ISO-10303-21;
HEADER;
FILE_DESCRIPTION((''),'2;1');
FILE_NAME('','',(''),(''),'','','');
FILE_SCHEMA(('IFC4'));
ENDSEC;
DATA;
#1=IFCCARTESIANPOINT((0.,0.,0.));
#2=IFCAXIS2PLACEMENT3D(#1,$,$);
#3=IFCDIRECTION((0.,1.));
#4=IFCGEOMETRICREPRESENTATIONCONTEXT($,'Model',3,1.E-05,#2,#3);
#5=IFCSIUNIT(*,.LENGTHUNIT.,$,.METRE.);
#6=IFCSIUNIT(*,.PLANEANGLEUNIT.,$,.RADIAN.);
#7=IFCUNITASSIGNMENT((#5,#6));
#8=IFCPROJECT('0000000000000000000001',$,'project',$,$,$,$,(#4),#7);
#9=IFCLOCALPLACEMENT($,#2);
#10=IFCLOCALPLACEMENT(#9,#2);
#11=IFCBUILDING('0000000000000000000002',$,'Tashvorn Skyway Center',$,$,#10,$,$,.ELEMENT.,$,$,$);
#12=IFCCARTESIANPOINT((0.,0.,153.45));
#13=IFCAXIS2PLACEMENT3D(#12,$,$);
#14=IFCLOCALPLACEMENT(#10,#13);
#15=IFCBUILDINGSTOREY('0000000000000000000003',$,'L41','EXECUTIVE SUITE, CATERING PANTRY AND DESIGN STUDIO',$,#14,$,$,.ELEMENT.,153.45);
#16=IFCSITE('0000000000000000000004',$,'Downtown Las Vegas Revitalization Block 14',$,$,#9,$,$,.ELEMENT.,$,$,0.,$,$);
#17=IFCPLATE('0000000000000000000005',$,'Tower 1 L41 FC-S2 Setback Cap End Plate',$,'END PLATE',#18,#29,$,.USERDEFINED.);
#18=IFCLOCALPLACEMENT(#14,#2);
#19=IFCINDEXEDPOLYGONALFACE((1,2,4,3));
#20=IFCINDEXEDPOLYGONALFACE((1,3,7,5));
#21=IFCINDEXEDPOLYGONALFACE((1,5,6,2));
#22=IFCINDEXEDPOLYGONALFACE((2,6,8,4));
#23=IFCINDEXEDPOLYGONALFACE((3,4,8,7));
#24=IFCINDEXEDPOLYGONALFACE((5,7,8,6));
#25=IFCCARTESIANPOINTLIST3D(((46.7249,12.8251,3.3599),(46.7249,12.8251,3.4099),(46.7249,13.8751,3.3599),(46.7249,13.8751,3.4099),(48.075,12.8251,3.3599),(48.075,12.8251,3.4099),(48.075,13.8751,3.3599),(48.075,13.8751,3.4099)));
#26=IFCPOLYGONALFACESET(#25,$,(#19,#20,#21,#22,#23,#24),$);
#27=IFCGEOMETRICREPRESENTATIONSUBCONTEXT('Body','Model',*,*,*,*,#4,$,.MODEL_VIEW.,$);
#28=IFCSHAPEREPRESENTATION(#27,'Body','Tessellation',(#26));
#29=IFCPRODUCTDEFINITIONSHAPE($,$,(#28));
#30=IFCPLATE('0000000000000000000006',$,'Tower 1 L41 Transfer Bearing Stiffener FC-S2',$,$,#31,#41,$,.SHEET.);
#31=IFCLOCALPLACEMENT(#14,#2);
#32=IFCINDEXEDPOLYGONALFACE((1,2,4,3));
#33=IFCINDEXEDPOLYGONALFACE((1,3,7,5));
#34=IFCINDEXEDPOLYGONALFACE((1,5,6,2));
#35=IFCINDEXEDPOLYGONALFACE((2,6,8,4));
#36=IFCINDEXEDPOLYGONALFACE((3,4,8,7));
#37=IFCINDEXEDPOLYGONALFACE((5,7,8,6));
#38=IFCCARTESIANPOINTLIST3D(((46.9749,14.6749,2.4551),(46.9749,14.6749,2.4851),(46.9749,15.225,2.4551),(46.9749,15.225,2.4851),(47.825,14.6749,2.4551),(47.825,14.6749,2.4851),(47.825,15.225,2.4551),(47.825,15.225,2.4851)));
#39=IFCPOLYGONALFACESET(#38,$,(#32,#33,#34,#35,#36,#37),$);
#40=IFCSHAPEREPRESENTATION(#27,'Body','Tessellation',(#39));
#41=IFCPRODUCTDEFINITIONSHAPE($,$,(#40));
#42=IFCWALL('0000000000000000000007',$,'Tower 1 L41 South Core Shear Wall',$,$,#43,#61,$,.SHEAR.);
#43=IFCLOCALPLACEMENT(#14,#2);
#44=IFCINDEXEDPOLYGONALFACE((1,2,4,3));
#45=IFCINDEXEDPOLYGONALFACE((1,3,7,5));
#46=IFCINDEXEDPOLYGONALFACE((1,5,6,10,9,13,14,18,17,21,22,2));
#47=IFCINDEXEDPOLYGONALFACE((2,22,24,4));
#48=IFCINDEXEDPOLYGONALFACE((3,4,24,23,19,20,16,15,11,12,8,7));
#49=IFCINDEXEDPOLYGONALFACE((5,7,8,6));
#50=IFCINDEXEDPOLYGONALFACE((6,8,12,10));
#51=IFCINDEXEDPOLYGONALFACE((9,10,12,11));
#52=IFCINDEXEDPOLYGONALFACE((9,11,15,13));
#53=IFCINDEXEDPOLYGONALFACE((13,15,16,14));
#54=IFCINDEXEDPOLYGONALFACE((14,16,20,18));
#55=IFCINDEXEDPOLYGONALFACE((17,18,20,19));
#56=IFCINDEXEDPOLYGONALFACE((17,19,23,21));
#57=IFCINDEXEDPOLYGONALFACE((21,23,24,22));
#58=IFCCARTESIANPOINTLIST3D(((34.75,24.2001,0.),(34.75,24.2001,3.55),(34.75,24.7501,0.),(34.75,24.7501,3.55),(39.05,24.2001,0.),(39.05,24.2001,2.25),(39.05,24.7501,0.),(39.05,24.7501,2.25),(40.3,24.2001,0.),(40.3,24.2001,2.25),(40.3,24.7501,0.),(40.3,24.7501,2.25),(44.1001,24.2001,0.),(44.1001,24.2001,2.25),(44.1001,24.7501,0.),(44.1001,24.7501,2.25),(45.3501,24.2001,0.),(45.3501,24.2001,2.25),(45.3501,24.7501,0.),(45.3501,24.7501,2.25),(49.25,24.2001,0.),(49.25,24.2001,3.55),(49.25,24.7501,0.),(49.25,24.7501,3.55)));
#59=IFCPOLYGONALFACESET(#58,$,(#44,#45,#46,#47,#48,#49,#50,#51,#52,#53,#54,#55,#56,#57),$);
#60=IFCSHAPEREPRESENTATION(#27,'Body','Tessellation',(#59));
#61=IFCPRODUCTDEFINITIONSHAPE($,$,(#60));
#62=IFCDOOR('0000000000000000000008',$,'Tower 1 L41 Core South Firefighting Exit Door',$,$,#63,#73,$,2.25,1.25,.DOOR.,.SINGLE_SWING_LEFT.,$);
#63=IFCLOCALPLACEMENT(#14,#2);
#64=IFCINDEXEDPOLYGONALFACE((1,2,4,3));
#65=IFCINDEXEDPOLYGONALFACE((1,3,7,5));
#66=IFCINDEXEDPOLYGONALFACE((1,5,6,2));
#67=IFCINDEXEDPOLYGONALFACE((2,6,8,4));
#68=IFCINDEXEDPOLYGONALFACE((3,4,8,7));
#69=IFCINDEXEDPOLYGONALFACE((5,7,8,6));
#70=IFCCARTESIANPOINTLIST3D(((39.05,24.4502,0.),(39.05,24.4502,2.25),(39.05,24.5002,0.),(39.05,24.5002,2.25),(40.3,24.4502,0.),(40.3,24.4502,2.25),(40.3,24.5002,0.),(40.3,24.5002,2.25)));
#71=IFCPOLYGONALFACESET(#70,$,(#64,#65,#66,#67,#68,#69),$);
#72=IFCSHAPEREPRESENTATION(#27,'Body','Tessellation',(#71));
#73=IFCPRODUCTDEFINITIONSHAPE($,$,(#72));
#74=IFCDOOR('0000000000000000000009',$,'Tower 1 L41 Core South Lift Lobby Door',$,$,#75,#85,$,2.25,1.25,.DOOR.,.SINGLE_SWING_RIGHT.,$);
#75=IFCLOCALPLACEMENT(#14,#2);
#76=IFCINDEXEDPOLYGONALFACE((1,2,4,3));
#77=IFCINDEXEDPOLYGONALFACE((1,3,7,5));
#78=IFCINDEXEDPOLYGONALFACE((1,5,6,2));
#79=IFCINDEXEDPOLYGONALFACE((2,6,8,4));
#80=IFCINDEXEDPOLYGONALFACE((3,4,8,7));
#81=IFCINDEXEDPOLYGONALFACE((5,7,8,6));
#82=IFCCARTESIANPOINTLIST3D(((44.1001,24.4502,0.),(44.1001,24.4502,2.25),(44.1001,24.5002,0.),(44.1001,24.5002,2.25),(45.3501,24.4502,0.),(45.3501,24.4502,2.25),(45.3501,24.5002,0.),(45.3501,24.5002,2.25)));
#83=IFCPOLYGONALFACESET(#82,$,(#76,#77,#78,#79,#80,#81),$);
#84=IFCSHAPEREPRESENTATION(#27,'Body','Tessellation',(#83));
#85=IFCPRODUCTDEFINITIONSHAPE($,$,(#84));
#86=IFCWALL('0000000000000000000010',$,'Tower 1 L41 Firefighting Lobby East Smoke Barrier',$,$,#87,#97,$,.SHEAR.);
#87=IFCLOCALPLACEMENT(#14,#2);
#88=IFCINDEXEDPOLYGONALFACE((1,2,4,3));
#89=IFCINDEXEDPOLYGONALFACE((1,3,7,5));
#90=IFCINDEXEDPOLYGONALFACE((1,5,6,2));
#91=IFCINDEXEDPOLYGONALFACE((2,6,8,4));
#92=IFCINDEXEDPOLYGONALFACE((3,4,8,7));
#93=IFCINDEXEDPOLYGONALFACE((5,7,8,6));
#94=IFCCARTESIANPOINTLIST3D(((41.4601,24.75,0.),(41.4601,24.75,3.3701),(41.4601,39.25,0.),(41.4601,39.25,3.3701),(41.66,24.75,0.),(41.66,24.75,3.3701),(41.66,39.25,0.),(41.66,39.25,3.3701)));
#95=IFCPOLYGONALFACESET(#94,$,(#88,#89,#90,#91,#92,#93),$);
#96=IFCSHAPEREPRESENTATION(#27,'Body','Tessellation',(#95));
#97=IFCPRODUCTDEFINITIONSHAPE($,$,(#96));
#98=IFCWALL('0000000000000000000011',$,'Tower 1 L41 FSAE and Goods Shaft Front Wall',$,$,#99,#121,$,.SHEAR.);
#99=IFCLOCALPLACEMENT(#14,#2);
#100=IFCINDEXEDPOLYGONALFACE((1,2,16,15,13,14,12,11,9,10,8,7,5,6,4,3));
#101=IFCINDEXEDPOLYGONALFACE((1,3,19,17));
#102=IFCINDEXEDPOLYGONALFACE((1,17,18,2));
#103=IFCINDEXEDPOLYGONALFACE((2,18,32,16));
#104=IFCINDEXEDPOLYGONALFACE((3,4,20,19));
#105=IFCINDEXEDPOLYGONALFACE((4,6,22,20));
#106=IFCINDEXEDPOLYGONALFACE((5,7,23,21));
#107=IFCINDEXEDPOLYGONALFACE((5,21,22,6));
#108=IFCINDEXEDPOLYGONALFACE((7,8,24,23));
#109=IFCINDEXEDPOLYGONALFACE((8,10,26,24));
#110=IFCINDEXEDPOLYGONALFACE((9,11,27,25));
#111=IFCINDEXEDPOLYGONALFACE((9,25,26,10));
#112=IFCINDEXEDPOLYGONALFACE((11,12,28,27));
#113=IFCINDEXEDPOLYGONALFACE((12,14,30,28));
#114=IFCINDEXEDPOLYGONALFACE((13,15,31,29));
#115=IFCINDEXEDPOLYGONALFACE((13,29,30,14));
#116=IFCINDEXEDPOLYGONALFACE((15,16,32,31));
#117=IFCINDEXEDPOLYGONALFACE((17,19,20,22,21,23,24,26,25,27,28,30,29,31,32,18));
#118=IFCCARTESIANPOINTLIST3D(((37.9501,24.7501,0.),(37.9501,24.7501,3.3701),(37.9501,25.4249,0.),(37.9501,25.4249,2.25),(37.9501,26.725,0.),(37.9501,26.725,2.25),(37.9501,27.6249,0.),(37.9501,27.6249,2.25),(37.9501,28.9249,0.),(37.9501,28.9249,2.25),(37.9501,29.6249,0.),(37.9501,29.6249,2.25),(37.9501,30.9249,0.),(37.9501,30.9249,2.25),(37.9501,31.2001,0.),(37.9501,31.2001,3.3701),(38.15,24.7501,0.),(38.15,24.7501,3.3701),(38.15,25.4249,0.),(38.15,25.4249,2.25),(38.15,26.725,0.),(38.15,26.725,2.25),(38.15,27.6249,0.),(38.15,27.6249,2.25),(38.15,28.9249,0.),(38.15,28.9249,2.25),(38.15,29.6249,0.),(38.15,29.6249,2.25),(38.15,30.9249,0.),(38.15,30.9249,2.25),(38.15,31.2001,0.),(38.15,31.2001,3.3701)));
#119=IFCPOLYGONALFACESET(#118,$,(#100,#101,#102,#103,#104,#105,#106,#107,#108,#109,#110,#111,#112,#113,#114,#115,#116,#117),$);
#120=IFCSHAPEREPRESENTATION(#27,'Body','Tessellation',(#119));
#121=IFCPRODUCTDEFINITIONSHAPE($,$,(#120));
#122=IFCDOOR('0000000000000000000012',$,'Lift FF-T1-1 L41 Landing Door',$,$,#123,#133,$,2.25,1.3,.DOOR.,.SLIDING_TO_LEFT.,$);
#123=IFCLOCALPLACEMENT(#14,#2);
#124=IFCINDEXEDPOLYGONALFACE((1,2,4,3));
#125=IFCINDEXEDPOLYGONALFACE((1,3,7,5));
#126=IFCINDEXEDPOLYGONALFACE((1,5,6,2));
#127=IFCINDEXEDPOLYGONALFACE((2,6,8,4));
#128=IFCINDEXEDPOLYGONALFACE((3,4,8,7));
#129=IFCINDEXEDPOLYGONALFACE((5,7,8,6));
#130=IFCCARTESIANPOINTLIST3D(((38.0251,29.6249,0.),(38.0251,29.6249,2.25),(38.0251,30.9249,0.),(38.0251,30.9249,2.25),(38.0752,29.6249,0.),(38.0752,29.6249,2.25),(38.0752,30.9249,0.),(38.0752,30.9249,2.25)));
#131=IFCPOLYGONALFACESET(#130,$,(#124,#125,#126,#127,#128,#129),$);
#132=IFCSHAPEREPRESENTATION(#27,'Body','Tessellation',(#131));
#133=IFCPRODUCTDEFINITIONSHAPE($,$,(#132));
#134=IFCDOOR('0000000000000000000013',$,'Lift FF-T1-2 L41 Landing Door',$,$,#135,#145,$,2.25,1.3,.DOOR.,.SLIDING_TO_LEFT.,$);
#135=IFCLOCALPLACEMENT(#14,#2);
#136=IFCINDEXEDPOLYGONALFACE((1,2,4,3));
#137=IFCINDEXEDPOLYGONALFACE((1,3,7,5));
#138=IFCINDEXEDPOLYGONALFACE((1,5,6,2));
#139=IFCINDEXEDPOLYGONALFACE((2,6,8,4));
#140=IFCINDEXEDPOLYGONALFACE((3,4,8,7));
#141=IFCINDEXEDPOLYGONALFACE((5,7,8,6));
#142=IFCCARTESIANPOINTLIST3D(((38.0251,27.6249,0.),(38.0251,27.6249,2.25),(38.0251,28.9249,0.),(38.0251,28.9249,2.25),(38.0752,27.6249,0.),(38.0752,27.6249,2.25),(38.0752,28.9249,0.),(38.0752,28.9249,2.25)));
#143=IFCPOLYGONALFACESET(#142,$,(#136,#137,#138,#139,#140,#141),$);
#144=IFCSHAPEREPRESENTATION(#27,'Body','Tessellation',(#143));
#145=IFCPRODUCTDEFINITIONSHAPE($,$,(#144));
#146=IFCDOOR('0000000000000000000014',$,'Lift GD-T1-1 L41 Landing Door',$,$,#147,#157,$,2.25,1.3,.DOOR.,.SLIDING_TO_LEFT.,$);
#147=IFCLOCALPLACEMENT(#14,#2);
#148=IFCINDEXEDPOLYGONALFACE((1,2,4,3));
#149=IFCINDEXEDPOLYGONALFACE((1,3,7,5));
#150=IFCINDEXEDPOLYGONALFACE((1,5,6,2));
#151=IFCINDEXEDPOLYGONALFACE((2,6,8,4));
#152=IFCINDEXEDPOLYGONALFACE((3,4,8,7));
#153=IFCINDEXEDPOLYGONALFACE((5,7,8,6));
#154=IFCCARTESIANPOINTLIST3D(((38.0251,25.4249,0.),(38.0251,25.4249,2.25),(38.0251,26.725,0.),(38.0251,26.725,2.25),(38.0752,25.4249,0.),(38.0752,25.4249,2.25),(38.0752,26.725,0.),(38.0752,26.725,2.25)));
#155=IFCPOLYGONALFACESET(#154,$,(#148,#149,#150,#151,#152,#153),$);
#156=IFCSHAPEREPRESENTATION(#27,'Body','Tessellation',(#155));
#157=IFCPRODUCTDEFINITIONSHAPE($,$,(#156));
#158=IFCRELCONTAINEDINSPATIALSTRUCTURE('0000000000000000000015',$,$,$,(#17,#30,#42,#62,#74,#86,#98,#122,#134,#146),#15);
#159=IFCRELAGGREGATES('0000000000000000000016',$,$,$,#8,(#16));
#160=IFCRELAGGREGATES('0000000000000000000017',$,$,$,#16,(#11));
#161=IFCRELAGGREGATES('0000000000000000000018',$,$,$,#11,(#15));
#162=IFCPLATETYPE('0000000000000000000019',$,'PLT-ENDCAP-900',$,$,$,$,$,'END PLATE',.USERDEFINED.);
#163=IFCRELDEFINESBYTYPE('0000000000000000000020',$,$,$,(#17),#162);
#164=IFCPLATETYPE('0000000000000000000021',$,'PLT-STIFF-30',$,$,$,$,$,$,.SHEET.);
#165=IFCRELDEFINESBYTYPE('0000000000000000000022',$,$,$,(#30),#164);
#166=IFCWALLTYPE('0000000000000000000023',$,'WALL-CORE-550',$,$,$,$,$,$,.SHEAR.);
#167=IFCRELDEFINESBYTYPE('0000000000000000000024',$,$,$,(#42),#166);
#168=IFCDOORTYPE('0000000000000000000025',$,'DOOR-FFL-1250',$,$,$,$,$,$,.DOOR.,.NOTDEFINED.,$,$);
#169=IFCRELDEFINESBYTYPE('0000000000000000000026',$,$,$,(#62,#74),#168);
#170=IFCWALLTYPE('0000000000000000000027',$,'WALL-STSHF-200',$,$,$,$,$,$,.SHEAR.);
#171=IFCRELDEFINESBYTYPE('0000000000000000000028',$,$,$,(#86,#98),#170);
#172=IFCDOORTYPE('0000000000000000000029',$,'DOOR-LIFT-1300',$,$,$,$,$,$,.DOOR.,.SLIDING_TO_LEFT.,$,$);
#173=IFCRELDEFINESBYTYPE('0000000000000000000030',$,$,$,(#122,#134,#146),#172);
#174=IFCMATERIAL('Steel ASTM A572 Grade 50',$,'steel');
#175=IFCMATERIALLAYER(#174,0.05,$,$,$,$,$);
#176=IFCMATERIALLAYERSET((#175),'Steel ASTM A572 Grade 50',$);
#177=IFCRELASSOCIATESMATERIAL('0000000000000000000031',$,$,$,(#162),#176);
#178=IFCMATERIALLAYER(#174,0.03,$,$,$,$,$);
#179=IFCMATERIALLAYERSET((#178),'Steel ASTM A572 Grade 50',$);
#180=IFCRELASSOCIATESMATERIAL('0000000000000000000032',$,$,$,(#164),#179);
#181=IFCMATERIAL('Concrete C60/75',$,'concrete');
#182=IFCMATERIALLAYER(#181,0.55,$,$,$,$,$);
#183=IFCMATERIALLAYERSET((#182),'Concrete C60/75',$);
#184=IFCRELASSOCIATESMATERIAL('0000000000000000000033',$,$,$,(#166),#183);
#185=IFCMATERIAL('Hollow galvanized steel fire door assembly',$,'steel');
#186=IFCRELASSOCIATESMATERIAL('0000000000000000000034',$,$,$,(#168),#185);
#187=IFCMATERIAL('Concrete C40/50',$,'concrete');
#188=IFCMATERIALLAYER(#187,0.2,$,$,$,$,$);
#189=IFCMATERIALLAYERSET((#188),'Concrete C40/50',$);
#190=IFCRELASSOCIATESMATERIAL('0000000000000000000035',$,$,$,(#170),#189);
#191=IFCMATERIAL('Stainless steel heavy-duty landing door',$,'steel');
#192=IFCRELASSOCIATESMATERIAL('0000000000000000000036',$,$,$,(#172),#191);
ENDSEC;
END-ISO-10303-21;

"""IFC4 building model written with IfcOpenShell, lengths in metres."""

from ifc_helpers import new_model, si_unit, direction, frame, frame_2d, origin, origin_2d, place, context, subcontext, project, spatial, rectangle, extrude, material, layer, layer_set, type_object, element, fill, save


model = new_model("IFC4")

# Units and contexts
model_context = context("Model", 3, precision=1e-05, world=origin(), true_north=direction((0.0, 1.0)))
body_context = subcontext(model_context, "Body", "Model", "MODEL_VIEW")
ifc_project = project(units=[si_unit("LENGTHUNIT", "METRE"), si_unit("PLANEANGLEUNIT", "RADIAN")], contexts=[model_context])

# Site, building, storey
site_placement = place(None, origin())
site = spatial("IfcSite", under=ifc_project, at=site_placement, Name="Downtown Las Vegas Revitalization Block 14", CompositionType="ELEMENT", RefElevation=0.0)
building_placement = place(site_placement, origin())
building = spatial("IfcBuilding", under=site, at=building_placement, Name="Tashvorn Skyway Center", CompositionType="ELEMENT")
storey_placement = place(building_placement, frame((0.0, 0.0, 153.45)))
storey = spatial("IfcBuildingStorey", under=building, at=storey_placement, Name="L41", Description="EXECUTIVE SUITE, CATERING PANTRY AND DESIGN STUDIO", CompositionType="ELEMENT", Elevation=153.45)

# Shared definitions
ifc_material_1 = material(Name="Steel ASTM A572 Grade 50", Category="steel")

# Plates
ifc_layer_1 = layer(ifc_material_1, 0.05)
ifc_layer_set_1 = layer_set([ifc_layer_1], Name="Steel ASTM A572 Grade 50")
plate_type_1 = type_object("IfcPlateType", Name="PLT-ENDCAP-900", ElementType="END PLATE", PredefinedType="USERDEFINED", material=ifc_layer_set_1)
plate_1_placement = place(storey_placement, frame((47.3999, 13.3501, 3.3599), z_axis=(0.0, 0.0, 1.0), x_axis=(1.0, 0.0, 0.0)))
element("IfcPlate", 1, at=plate_1_placement, inside=storey, type_object=plate_type_1, Name="Tower 1 L41 FC-S2 Setback Cap End Plate", ObjectType="END PLATE", PredefinedType="USERDEFINED", context=body_context, shape_type="SweptSolid", body=[
    extrude(rectangle(XDim=1.3501, YDim=1.05, at=origin_2d()), origin(), (0.0, 0.0, 1.0), 0.05),
])
ifc_layer_2 = layer(ifc_material_1, 0.03)
ifc_layer_set_2 = layer_set([ifc_layer_2], Name="Steel ASTM A572 Grade 50")
plate_type_2 = type_object("IfcPlateType", Name="PLT-STIFF-30", PredefinedType="SHEET", material=ifc_layer_set_2)
plate_2_placement = place(storey_placement, frame((47.3999, 14.95, 2.4551), z_axis=(0.0, 0.0, 1.0), x_axis=(1.0, 0.0, 0.0)))
element("IfcPlate", 2, at=plate_2_placement, inside=storey, type_object=plate_type_2, Name="Tower 1 L41 Transfer Bearing Stiffener FC-S2", PredefinedType="SHEET", context=body_context, shape_type="SweptSolid", body=[
    extrude(rectangle(XDim=0.8501, YDim=0.55, at=origin_2d()), origin(), (0.0, 0.0, 1.0), 0.03),
])

# Wall, openings, doors
ifc_material_2 = material(Name="Concrete C60/75", Category="concrete")
ifc_layer_3 = layer(ifc_material_2, 0.55)
ifc_layer_set_3 = layer_set([ifc_layer_3], Name="Concrete C60/75")
wall_type_1 = type_object("IfcWallType", Name="WALL-CORE-550", PredefinedType="SHEAR", material=ifc_layer_set_3)
wall_1_placement = place(storey_placement, frame((49.25, 24.4751, 0.0), z_axis=(0.0, 0.0, 1.0), x_axis=(-1.0, 0.0, 0.0)))
wall_1 = element("IfcWall", 3, at=wall_1_placement, inside=storey, type_object=wall_type_1, Name="Tower 1 L41 South Core Shear Wall", PredefinedType="SHEAR", context=body_context, shape_type="SweptSolid", body=[
    extrude(rectangle(XDim=14.5, YDim=0.55, at=frame_2d((7.25, 0.0))), origin(), (0.0, 0.0, 1.0), 3.55),
])
opening_1_placement = place(wall_1_placement, frame((8.95, 0.0, 0.0)))
opening_1 = element("IfcOpeningElement", 4, at=opening_1_placement, cuts=wall_1, PredefinedType="OPENING", context=body_context, shape_type="SweptSolid", body=[
    extrude(rectangle(XDim=1.25, YDim=2.25, at=frame_2d((0.625, 1.125))), frame((0.0, 0.2849, 0.0), z_axis=(0.0, -1.0, 0.0), x_axis=(1.0, 0.0, 0.0)), (0.0, 0.0, 1.0), 0.5701),
])
opening_2_placement = place(wall_1_placement, frame((3.8999, 0.0, 0.0)))
opening_2 = element("IfcOpeningElement", 5, at=opening_2_placement, cuts=wall_1, PredefinedType="OPENING", context=body_context, shape_type="SweptSolid", body=[
    extrude(rectangle(XDim=1.25, YDim=2.25, at=frame_2d((0.625, 1.125))), frame((0.0, 0.2849, 0.0), z_axis=(0.0, -1.0, 0.0), x_axis=(1.0, 0.0, 0.0)), (0.0, 0.0, 1.0), 0.5701),
])
ifc_material_3 = material(Name="Hollow galvanized steel fire door assembly", Category="steel")
door_type_1 = type_object("IfcDoorType", Name="DOOR-FFL-1250", OperationType="NOTDEFINED", PredefinedType="DOOR", material=ifc_material_3)
door_1_placement = place(opening_1_placement, origin())
door_1 = element("IfcDoor", 6, at=door_1_placement, inside=storey, type_object=door_type_1, Name="Tower 1 L41 Core South Firefighting Exit Door", OperationType="SINGLE_SWING_LEFT", OverallHeight=2.25, OverallWidth=1.25, PredefinedType="DOOR", context=body_context, shape_type="SweptSolid", body=[
    extrude(rectangle(XDim=1.25, YDim=2.25, at=frame_2d((0.625, 1.125))), frame((0.0, 0.0249, 0.0), z_axis=(0.0, -1.0, 0.0), x_axis=(1.0, 0.0, 0.0)), (0.0, 0.0, 1.0), 0.05),
])
fill(opening_1, door_1)
door_2_placement = place(opening_2_placement, origin())
door_2 = element("IfcDoor", 7, at=door_2_placement, inside=storey, type_object=door_type_1, Name="Tower 1 L41 Core South Lift Lobby Door", OperationType="SINGLE_SWING_RIGHT", OverallHeight=2.25, OverallWidth=1.25, PredefinedType="DOOR", context=body_context, shape_type="SweptSolid", body=[
    extrude(rectangle(XDim=1.25, YDim=2.25, at=frame_2d((0.625, 1.125))), frame((0.0, 0.0249, 0.0), z_axis=(0.0, -1.0, 0.0), x_axis=(1.0, 0.0, 0.0)), (0.0, 0.0, 1.0), 0.05),
])
fill(opening_2, door_2)

# Wall
ifc_material_4 = material(Name="Concrete C40/50", Category="concrete")
ifc_layer_4 = layer(ifc_material_4, 0.2)
ifc_layer_set_4 = layer_set([ifc_layer_4], Name="Concrete C40/50")
wall_type_2 = type_object("IfcWallType", Name="WALL-STSHF-200", PredefinedType="SHEAR", material=ifc_layer_set_4)
wall_2_placement = place(storey_placement, frame((41.5601, 24.75, 0.0), z_axis=(0.0, 0.0, 1.0), x_axis=(0.0, 1.0, 0.0)))
element("IfcWall", 8, at=wall_2_placement, inside=storey, type_object=wall_type_2, Name="Tower 1 L41 Firefighting Lobby East Smoke Barrier", PredefinedType="SHEAR", context=body_context, shape_type="SweptSolid", body=[
    extrude(rectangle(XDim=14.5, YDim=0.2, at=frame_2d((7.25, 0.0))), origin(), (0.0, 0.0, 1.0), 3.3701),
])

# Wall, openings, doors
wall_3_placement = place(storey_placement, frame((38.05, 24.75, 0.0), z_axis=(0.0, 0.0, 1.0), x_axis=(0.0, 1.0, 0.0)))
wall_3 = element("IfcWall", 9, at=wall_3_placement, inside=storey, type_object=wall_type_2, Name="Tower 1 L41 FSAE and Goods Shaft Front Wall", PredefinedType="SHEAR", context=body_context, shape_type="SweptSolid", body=[
    extrude(rectangle(XDim=6.45, YDim=0.2, at=frame_2d((3.2251, 0.0))), origin(), (0.0, 0.0, 1.0), 3.3701),
])
opening_3_placement = place(wall_3_placement, frame((4.875, 0.0, 0.0)))
opening_3 = element("IfcOpeningElement", 10, at=opening_3_placement, cuts=wall_3, PredefinedType="OPENING", context=body_context, shape_type="SweptSolid", body=[
    extrude(rectangle(XDim=1.3, YDim=2.25, at=frame_2d((0.6499, 1.125))), frame((0.0, 0.1099, 0.0), z_axis=(0.0, -1.0, 0.0), x_axis=(1.0, 0.0, 0.0)), (0.0, 0.0, 1.0), 0.22),
])
opening_4_placement = place(wall_3_placement, frame((2.875, 0.0, 0.0)))
opening_4 = element("IfcOpeningElement", 11, at=opening_4_placement, cuts=wall_3, PredefinedType="OPENING", context=body_context, shape_type="SweptSolid", body=[
    extrude(rectangle(XDim=1.3, YDim=2.25, at=frame_2d((0.6499, 1.125))), frame((0.0, 0.1099, 0.0), z_axis=(0.0, -1.0, 0.0), x_axis=(1.0, 0.0, 0.0)), (0.0, 0.0, 1.0), 0.22),
])
opening_5_placement = place(wall_3_placement, frame((0.675, 0.0, 0.0)))
opening_5 = element("IfcOpeningElement", 12, at=opening_5_placement, cuts=wall_3, PredefinedType="OPENING", context=body_context, shape_type="SweptSolid", body=[
    extrude(rectangle(XDim=1.3, YDim=2.25, at=frame_2d((0.6499, 1.125))), frame((0.0, 0.1099, 0.0), z_axis=(0.0, -1.0, 0.0), x_axis=(1.0, 0.0, 0.0)), (0.0, 0.0, 1.0), 0.22),
])
ifc_material_5 = material(Name="Stainless steel heavy-duty landing door", Category="steel")
door_type_2 = type_object("IfcDoorType", Name="DOOR-LIFT-1300", OperationType="SLIDING_TO_LEFT", PredefinedType="DOOR", material=ifc_material_5)
door_3_placement = place(opening_3_placement, origin())
door_3 = element("IfcDoor", 13, at=door_3_placement, inside=storey, type_object=door_type_2, Name="Lift FF-T1-1 L41 Landing Door", OperationType="SLIDING_TO_LEFT", OverallHeight=2.25, OverallWidth=1.3, PredefinedType="DOOR", context=body_context, shape_type="SweptSolid", body=[
    extrude(rectangle(XDim=1.3, YDim=2.25, at=frame_2d((0.6499, 1.125))), frame((0.0, 0.0249, 0.0), z_axis=(0.0, -1.0, 0.0), x_axis=(1.0, 0.0, 0.0)), (0.0, 0.0, 1.0), 0.05),
])
fill(opening_3, door_3)
door_4_placement = place(opening_4_placement, origin())
door_4 = element("IfcDoor", 14, at=door_4_placement, inside=storey, type_object=door_type_2, Name="Lift FF-T1-2 L41 Landing Door", OperationType="SLIDING_TO_LEFT", OverallHeight=2.25, OverallWidth=1.3, PredefinedType="DOOR", context=body_context, shape_type="SweptSolid", body=[
    extrude(rectangle(XDim=1.3, YDim=2.25, at=frame_2d((0.6499, 1.125))), frame((0.0, 0.0249, 0.0), z_axis=(0.0, -1.0, 0.0), x_axis=(1.0, 0.0, 0.0)), (0.0, 0.0, 1.0), 0.05),
])
fill(opening_4, door_4)
door_5_placement = place(opening_5_placement, origin())
door_5 = element("IfcDoor", 15, at=door_5_placement, inside=storey, type_object=door_type_2, Name="Lift GD-T1-1 L41 Landing Door", OperationType="SLIDING_TO_LEFT", OverallHeight=2.25, OverallWidth=1.3, PredefinedType="DOOR", context=body_context, shape_type="SweptSolid", body=[
    extrude(rectangle(XDim=1.3, YDim=2.25, at=frame_2d((0.6499, 1.125))), frame((0.0, 0.0249, 0.0), z_axis=(0.0, -1.0, 0.0), x_axis=(1.0, 0.0, 0.0)), (0.0, 0.0, 1.0), 0.05),
])
fill(opening_5, door_5)

save(model, "model.ifc")
